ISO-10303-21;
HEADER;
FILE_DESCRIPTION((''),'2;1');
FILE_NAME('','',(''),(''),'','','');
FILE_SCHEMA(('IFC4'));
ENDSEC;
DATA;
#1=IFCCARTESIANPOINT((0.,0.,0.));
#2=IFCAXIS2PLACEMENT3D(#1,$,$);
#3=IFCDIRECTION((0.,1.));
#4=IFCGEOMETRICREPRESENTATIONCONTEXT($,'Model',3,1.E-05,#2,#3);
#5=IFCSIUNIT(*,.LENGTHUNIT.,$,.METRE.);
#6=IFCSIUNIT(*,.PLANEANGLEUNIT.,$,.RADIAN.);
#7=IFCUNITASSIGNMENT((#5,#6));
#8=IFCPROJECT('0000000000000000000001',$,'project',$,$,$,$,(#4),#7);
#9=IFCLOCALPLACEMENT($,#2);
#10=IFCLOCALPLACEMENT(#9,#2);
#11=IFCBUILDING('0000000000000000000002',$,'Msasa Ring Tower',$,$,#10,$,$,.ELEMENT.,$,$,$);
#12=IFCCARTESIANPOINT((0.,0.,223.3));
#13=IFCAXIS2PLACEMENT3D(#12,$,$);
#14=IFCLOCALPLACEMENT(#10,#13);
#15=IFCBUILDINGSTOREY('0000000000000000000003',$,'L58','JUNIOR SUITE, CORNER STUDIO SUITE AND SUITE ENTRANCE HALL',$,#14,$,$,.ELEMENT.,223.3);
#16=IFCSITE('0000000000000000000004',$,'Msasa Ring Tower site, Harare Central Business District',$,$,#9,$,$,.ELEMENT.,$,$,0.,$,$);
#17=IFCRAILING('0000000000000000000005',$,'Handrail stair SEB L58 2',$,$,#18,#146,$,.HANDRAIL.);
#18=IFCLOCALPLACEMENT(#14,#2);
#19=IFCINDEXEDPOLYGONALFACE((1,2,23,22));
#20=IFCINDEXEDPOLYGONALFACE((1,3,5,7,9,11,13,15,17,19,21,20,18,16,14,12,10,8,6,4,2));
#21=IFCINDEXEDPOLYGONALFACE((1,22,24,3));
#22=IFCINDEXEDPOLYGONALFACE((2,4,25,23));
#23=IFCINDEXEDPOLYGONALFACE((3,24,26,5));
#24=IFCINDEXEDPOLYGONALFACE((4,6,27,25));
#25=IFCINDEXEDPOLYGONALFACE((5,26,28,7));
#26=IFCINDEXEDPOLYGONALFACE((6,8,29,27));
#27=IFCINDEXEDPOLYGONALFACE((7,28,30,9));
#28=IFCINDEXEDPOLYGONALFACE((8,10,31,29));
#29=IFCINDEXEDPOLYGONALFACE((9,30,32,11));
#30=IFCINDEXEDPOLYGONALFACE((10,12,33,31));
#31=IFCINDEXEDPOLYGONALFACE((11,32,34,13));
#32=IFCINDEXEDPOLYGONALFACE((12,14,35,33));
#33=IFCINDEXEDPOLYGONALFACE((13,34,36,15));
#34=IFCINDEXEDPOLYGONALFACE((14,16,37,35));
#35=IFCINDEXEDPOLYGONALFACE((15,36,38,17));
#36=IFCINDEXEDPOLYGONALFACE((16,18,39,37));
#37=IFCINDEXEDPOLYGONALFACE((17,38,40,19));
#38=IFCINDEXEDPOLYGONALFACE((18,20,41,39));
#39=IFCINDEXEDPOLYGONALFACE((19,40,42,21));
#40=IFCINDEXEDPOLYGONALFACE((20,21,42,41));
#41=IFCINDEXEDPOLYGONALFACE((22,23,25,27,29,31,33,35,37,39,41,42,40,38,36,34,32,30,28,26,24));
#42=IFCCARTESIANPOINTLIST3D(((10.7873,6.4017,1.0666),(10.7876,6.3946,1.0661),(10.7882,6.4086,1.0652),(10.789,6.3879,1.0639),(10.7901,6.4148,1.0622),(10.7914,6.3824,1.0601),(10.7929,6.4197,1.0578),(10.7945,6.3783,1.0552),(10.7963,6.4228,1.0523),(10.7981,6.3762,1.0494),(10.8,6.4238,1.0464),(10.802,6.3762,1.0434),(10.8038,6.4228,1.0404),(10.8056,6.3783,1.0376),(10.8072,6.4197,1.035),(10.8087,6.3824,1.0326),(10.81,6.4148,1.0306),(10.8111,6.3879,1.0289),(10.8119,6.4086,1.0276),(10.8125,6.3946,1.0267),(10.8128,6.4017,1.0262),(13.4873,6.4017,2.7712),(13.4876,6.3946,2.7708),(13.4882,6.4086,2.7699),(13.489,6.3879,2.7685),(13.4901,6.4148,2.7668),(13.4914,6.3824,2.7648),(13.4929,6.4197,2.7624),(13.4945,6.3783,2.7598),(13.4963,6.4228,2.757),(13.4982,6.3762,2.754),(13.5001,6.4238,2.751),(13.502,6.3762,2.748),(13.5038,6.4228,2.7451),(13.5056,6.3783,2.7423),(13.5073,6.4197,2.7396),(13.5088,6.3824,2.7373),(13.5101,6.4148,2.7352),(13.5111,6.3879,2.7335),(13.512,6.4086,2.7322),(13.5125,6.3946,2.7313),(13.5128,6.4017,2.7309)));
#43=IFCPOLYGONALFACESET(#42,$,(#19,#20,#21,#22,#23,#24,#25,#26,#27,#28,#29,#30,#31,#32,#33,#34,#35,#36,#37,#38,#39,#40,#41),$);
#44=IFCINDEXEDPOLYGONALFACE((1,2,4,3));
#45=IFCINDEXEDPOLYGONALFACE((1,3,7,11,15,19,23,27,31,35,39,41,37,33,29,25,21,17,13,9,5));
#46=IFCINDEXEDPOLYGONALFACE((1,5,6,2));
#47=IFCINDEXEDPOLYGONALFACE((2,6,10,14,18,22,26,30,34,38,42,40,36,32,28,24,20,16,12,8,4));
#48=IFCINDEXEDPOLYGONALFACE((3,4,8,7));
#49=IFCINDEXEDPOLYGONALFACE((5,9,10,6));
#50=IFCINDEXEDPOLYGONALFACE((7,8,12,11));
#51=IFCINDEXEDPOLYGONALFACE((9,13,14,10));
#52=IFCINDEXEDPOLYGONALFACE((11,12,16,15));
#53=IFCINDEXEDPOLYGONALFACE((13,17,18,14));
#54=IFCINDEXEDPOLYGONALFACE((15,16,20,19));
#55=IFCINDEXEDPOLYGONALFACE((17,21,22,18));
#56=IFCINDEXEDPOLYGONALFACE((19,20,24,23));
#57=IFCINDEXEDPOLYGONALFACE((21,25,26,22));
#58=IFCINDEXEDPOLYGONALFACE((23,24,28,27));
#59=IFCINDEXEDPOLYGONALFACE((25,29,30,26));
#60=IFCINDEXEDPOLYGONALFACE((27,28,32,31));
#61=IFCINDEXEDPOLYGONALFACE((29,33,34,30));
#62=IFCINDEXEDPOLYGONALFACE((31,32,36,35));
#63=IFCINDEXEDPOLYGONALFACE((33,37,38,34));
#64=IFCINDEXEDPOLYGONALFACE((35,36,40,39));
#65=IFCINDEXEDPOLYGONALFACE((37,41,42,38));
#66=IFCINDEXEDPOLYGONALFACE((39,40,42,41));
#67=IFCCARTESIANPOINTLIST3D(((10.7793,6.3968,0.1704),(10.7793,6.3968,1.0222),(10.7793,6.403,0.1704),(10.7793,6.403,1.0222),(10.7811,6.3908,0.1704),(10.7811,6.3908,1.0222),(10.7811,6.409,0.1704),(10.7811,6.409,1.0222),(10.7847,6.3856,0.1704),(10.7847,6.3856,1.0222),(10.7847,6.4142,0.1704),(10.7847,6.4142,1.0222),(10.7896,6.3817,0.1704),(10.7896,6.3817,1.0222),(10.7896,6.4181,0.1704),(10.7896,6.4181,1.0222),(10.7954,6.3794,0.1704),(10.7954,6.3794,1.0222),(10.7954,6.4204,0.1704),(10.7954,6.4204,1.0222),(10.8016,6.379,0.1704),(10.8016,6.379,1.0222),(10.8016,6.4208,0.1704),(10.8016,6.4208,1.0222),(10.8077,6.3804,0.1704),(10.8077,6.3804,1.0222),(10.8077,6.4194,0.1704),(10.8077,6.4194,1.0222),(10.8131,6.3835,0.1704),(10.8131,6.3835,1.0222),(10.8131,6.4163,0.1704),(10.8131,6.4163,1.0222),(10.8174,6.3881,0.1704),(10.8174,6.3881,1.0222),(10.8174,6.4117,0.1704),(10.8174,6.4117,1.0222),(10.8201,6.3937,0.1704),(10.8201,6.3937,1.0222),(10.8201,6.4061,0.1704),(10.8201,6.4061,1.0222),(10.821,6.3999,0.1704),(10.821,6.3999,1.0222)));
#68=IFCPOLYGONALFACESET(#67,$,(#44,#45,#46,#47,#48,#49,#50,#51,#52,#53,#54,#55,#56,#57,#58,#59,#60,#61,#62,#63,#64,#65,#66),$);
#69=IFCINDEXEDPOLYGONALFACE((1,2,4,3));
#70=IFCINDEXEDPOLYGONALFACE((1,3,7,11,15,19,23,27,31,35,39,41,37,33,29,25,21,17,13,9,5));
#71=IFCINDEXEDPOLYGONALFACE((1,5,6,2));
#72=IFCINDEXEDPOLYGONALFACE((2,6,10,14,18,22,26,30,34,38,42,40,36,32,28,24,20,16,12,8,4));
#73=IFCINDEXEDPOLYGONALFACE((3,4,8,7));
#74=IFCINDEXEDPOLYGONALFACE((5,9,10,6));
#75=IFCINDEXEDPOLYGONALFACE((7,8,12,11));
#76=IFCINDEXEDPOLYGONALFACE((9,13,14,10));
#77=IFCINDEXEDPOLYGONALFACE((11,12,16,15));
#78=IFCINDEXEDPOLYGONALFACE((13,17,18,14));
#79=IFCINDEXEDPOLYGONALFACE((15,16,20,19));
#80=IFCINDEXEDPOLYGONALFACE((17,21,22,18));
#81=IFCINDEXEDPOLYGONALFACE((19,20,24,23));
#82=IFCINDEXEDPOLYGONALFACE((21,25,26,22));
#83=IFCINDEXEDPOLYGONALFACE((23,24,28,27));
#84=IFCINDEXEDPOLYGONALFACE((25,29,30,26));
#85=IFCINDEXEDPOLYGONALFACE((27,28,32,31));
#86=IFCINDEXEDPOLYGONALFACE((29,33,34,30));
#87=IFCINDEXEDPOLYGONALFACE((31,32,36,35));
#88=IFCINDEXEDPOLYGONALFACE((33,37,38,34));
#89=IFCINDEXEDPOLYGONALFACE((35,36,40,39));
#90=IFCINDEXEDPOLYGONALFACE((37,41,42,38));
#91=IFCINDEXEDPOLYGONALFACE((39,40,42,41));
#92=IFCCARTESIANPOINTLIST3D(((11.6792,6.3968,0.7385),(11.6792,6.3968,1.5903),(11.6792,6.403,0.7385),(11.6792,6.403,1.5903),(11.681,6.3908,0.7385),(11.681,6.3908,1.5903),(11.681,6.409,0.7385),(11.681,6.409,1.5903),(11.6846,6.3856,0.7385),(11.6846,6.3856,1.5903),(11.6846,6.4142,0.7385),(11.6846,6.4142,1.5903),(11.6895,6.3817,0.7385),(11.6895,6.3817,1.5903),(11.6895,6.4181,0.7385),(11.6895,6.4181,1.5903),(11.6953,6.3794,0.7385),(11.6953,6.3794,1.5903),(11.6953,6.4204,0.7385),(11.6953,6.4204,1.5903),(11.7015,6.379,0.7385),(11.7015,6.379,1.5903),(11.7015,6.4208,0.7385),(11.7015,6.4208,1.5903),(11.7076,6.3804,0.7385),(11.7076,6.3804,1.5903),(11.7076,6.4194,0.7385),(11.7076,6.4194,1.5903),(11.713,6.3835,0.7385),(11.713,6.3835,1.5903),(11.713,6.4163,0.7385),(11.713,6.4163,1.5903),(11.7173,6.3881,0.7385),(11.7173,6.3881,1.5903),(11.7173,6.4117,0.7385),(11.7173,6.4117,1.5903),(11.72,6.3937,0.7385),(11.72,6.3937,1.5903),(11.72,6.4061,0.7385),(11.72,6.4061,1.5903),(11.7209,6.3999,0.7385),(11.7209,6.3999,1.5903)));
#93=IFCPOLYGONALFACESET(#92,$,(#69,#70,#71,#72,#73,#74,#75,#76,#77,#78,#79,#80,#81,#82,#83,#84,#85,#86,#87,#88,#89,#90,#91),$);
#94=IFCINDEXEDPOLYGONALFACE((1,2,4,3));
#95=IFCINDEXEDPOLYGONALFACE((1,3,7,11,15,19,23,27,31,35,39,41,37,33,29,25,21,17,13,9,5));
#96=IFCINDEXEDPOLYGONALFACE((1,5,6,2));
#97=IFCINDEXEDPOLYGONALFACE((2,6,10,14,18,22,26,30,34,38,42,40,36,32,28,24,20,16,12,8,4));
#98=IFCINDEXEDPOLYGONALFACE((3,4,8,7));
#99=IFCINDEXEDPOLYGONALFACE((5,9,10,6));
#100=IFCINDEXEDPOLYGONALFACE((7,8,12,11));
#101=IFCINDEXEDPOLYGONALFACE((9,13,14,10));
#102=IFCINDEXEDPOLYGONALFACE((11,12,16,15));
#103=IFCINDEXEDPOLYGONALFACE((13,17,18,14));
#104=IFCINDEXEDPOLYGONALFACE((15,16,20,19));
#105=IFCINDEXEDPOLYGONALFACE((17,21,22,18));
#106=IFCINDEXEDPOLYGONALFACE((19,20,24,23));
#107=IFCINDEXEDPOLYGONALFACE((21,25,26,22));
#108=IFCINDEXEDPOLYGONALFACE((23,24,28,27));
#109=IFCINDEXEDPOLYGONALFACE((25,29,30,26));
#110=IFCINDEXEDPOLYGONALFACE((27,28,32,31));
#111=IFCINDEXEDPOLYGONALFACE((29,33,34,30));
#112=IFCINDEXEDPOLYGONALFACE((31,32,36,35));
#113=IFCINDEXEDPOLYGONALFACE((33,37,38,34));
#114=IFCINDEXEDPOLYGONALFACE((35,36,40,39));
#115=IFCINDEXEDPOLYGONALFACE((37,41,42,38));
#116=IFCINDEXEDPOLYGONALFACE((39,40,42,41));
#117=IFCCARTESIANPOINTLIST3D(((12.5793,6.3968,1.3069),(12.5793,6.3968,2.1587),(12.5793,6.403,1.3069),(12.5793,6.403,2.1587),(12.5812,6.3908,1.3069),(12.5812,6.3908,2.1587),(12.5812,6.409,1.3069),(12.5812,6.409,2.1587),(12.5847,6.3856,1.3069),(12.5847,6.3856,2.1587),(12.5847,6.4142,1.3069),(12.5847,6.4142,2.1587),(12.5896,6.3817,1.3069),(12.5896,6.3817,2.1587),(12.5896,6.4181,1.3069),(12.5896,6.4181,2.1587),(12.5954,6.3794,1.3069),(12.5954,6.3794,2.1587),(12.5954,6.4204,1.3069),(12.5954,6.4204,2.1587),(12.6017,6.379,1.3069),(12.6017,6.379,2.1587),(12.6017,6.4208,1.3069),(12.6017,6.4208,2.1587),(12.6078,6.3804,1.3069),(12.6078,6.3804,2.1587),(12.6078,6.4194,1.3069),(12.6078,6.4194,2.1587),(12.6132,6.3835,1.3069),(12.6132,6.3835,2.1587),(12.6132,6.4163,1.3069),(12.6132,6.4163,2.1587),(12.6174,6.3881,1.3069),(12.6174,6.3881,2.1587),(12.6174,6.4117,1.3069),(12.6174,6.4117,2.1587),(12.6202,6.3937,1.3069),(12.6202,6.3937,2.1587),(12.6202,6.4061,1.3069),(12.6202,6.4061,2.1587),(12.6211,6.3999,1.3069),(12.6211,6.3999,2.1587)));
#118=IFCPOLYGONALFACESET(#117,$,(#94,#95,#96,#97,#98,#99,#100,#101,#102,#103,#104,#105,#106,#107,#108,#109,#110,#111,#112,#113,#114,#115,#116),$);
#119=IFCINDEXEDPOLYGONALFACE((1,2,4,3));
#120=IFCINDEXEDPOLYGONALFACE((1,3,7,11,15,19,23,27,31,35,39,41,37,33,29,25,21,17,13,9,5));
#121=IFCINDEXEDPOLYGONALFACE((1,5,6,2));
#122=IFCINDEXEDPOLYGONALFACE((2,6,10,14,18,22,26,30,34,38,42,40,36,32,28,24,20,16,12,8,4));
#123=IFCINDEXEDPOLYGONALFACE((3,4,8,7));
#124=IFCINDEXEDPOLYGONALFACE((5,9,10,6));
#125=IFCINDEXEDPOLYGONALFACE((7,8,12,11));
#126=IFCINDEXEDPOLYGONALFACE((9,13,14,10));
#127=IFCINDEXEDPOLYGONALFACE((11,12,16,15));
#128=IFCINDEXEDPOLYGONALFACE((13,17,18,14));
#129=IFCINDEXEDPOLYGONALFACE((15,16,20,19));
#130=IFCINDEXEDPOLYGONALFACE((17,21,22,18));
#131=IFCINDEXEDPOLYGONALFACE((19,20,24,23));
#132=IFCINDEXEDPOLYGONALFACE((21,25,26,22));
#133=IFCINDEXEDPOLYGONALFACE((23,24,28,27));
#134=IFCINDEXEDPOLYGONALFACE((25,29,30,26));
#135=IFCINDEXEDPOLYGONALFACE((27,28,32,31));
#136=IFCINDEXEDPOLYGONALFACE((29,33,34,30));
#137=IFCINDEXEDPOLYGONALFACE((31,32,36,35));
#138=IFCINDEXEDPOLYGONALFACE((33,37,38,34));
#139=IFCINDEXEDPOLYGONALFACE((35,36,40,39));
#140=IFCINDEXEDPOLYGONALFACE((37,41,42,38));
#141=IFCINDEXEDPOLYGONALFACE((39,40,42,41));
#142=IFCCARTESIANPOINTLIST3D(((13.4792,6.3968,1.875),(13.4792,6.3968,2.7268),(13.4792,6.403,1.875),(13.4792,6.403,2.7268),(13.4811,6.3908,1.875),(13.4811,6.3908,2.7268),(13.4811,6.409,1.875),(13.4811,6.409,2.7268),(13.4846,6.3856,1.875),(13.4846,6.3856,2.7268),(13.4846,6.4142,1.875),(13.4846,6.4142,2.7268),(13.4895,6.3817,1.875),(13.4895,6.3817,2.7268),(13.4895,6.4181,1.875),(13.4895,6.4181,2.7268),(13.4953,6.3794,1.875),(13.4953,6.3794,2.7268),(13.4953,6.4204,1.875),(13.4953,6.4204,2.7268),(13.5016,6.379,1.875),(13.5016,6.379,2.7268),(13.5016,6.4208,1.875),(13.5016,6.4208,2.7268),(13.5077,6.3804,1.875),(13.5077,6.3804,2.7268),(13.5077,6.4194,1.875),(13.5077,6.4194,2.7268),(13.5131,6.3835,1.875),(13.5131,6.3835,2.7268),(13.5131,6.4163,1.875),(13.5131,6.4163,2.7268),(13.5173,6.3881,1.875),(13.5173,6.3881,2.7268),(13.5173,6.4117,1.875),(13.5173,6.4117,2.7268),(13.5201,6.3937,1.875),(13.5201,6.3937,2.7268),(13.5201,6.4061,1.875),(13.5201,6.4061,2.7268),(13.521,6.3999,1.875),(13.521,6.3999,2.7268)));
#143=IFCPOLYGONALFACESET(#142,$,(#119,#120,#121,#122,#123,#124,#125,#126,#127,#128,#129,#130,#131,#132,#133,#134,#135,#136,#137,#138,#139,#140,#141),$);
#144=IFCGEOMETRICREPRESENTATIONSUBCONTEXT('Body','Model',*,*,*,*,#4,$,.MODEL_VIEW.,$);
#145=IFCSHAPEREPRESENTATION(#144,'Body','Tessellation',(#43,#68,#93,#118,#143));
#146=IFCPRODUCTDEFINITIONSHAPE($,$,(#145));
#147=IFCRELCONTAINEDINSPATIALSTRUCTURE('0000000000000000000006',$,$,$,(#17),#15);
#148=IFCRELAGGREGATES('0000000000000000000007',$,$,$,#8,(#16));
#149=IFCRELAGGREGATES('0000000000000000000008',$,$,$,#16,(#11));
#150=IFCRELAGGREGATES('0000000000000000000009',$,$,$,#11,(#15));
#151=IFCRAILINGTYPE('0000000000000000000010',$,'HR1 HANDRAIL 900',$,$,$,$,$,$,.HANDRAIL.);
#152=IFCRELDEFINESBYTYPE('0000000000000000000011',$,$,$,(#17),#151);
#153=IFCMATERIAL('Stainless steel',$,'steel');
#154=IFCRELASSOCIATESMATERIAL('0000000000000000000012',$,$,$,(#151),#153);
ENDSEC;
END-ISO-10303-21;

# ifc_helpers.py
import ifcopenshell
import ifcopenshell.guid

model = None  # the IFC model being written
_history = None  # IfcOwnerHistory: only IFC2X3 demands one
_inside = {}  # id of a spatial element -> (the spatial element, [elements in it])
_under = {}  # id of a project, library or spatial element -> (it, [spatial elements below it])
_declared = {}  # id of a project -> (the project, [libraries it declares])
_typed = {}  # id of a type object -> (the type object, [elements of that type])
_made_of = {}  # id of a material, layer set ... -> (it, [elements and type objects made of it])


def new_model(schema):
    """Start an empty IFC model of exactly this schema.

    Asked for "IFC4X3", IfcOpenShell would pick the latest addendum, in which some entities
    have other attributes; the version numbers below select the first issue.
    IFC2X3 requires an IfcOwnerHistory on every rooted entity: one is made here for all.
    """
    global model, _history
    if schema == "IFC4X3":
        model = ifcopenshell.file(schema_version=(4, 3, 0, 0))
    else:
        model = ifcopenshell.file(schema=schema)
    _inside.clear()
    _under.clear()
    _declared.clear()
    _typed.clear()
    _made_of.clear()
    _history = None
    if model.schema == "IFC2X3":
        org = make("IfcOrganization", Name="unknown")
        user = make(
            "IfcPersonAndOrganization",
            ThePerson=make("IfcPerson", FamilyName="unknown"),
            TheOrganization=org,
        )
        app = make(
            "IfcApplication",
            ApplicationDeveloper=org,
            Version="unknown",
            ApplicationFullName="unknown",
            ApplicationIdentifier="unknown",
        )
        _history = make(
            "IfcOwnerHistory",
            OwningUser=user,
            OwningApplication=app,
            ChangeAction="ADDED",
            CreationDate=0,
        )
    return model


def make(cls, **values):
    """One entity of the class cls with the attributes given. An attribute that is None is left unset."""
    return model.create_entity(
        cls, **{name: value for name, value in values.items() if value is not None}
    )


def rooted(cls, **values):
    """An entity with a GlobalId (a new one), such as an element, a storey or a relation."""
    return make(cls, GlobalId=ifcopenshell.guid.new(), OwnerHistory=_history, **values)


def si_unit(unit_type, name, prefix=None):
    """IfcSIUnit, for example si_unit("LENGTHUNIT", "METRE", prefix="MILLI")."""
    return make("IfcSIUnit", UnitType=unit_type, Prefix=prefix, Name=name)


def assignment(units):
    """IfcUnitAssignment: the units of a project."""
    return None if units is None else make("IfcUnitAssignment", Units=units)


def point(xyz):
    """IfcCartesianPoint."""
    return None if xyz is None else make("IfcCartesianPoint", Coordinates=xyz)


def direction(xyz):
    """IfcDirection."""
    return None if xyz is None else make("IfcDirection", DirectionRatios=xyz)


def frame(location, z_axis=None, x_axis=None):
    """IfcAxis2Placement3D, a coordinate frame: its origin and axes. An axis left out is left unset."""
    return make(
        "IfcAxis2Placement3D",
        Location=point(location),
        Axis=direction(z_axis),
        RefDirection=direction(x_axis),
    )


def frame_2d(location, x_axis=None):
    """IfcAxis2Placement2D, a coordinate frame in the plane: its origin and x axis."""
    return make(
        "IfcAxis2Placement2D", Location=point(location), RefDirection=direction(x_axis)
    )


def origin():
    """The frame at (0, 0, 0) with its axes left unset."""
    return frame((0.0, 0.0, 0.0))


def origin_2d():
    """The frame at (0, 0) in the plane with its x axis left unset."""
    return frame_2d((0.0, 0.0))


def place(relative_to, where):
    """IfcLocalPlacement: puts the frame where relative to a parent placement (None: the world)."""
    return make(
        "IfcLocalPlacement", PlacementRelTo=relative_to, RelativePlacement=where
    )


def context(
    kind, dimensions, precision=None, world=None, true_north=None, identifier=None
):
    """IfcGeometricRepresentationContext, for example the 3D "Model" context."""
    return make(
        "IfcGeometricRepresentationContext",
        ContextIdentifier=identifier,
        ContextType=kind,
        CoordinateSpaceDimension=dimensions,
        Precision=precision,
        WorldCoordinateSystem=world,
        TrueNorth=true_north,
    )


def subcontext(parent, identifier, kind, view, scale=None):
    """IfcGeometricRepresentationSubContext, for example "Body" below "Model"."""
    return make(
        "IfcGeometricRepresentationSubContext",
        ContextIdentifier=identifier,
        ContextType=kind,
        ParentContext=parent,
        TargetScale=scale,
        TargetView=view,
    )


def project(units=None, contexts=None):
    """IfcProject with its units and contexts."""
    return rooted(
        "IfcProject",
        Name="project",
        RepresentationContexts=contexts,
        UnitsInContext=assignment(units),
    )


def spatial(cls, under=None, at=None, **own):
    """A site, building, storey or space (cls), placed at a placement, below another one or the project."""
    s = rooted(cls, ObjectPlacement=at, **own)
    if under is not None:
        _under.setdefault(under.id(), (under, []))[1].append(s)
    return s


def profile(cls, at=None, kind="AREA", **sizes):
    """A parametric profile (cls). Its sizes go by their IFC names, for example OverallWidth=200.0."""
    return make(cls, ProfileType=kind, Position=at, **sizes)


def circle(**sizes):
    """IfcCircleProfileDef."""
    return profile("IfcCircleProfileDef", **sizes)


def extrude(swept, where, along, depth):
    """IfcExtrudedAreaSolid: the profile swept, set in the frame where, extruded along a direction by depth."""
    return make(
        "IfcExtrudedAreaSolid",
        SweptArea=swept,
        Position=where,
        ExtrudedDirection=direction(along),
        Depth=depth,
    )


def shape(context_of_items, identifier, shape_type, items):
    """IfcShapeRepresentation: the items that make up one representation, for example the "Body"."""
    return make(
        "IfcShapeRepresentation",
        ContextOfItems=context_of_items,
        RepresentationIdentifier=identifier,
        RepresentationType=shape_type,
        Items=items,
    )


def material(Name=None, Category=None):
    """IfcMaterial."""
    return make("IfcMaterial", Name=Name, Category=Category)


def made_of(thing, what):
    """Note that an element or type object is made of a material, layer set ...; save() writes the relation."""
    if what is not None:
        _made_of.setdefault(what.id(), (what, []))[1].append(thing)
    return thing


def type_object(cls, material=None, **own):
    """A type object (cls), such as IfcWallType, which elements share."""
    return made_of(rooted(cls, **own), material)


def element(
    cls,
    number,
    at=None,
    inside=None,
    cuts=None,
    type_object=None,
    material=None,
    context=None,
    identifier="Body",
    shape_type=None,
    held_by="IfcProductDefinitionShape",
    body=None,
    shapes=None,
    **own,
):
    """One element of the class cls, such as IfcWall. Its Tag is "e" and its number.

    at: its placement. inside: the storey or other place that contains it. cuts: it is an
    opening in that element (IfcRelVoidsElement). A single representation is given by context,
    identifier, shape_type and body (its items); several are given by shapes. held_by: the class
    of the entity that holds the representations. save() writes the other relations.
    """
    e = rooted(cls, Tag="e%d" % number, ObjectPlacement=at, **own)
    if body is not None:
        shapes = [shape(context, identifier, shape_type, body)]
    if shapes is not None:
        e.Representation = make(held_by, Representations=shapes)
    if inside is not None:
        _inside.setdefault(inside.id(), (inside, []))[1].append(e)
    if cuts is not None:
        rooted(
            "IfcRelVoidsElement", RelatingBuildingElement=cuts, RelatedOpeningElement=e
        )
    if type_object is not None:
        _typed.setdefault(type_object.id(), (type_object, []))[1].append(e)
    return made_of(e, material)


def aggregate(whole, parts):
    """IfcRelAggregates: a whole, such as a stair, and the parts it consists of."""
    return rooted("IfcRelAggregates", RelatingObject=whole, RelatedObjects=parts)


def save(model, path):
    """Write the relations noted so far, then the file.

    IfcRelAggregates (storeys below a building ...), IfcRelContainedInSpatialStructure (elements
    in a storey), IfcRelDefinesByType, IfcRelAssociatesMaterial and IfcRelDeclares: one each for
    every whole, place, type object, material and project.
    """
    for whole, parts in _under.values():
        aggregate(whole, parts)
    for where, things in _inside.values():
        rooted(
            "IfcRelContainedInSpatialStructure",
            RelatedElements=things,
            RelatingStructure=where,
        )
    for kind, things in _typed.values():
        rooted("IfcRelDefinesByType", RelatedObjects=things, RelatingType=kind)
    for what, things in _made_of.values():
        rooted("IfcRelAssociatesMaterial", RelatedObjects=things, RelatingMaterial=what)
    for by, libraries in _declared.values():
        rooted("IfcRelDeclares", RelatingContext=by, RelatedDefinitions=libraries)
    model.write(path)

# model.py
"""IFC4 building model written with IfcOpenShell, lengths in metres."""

from ifc_helpers import new_model, si_unit, direction, frame, origin, origin_2d, place, context, subcontext, project, spatial, circle, extrude, material, type_object, element, save


model = new_model("IFC4")

# Units and contexts
model_context = context("Model", 3, precision=1e-05, world=origin(), true_north=direction((0.0, 1.0)))
body_context = subcontext(model_context, "Body", "Model", "MODEL_VIEW")
ifc_project = project(units=[si_unit("LENGTHUNIT", "METRE"), si_unit("PLANEANGLEUNIT", "RADIAN")], contexts=[model_context])

# Site, building, storey
site_placement = place(None, origin())
site = spatial("IfcSite", under=ifc_project, at=site_placement, Name="Msasa Ring Tower site, Harare Central Business District", CompositionType="ELEMENT", RefElevation=0.0)
building_placement = place(site_placement, origin())
building = spatial("IfcBuilding", under=site, at=building_placement, Name="Msasa Ring Tower", CompositionType="ELEMENT")
storey_placement = place(building_placement, frame((0.0, 0.0, 223.3)))
storey = spatial("IfcBuildingStorey", under=building, at=storey_placement, Name="L58", Description="JUNIOR SUITE, CORNER STUDIO SUITE AND SUITE ENTRANCE HALL", CompositionType="ELEMENT", Elevation=223.3)

# Railing
ifc_material_1 = material(Name="Stainless steel", Category="steel")
railing_type = type_object("IfcRailingType", Name="HR1 HANDRAIL 900", PredefinedType="HANDRAIL", material=ifc_material_1)
for number, where, name in (
    (1, (10.8, 6.3999, 0.1704), "Handrail stair SEB L58 2"),
):
    element("IfcRailing", number, at=place(storey_placement, frame(where)), inside=storey, type_object=railing_type, Name=name, PredefinedType="HANDRAIL", context=body_context, shape_type="SweptSolid", body=[
        extrude(circle(Radius=0.0239, at=origin_2d()), frame((0.0, 0.0, 0.876), z_axis=(0.84558, 0.0, 0.533849), x_axis=(0.0, 1.0, 0.0)), (0.0, 0.0, 1.0), 3.1931),
        extrude(circle(Radius=0.021, at=origin_2d()), origin(), (0.0, 0.0, 1.0), 0.8518),
        extrude(circle(Radius=0.021, at=origin_2d()), frame((0.8999, 0.0, 0.5681)), (0.0, 0.0, 1.0), 0.8518),
        extrude(circle(Radius=0.021, at=origin_2d()), frame((1.8, 0.0, 1.1365)), (0.0, 0.0, 1.0), 0.8518),
        extrude(circle(Radius=0.021, at=origin_2d()), frame((2.7, 0.0, 1.7046)), (0.0, 0.0, 1.0), 0.8518),
    ])

save(model, "model.ifc")
